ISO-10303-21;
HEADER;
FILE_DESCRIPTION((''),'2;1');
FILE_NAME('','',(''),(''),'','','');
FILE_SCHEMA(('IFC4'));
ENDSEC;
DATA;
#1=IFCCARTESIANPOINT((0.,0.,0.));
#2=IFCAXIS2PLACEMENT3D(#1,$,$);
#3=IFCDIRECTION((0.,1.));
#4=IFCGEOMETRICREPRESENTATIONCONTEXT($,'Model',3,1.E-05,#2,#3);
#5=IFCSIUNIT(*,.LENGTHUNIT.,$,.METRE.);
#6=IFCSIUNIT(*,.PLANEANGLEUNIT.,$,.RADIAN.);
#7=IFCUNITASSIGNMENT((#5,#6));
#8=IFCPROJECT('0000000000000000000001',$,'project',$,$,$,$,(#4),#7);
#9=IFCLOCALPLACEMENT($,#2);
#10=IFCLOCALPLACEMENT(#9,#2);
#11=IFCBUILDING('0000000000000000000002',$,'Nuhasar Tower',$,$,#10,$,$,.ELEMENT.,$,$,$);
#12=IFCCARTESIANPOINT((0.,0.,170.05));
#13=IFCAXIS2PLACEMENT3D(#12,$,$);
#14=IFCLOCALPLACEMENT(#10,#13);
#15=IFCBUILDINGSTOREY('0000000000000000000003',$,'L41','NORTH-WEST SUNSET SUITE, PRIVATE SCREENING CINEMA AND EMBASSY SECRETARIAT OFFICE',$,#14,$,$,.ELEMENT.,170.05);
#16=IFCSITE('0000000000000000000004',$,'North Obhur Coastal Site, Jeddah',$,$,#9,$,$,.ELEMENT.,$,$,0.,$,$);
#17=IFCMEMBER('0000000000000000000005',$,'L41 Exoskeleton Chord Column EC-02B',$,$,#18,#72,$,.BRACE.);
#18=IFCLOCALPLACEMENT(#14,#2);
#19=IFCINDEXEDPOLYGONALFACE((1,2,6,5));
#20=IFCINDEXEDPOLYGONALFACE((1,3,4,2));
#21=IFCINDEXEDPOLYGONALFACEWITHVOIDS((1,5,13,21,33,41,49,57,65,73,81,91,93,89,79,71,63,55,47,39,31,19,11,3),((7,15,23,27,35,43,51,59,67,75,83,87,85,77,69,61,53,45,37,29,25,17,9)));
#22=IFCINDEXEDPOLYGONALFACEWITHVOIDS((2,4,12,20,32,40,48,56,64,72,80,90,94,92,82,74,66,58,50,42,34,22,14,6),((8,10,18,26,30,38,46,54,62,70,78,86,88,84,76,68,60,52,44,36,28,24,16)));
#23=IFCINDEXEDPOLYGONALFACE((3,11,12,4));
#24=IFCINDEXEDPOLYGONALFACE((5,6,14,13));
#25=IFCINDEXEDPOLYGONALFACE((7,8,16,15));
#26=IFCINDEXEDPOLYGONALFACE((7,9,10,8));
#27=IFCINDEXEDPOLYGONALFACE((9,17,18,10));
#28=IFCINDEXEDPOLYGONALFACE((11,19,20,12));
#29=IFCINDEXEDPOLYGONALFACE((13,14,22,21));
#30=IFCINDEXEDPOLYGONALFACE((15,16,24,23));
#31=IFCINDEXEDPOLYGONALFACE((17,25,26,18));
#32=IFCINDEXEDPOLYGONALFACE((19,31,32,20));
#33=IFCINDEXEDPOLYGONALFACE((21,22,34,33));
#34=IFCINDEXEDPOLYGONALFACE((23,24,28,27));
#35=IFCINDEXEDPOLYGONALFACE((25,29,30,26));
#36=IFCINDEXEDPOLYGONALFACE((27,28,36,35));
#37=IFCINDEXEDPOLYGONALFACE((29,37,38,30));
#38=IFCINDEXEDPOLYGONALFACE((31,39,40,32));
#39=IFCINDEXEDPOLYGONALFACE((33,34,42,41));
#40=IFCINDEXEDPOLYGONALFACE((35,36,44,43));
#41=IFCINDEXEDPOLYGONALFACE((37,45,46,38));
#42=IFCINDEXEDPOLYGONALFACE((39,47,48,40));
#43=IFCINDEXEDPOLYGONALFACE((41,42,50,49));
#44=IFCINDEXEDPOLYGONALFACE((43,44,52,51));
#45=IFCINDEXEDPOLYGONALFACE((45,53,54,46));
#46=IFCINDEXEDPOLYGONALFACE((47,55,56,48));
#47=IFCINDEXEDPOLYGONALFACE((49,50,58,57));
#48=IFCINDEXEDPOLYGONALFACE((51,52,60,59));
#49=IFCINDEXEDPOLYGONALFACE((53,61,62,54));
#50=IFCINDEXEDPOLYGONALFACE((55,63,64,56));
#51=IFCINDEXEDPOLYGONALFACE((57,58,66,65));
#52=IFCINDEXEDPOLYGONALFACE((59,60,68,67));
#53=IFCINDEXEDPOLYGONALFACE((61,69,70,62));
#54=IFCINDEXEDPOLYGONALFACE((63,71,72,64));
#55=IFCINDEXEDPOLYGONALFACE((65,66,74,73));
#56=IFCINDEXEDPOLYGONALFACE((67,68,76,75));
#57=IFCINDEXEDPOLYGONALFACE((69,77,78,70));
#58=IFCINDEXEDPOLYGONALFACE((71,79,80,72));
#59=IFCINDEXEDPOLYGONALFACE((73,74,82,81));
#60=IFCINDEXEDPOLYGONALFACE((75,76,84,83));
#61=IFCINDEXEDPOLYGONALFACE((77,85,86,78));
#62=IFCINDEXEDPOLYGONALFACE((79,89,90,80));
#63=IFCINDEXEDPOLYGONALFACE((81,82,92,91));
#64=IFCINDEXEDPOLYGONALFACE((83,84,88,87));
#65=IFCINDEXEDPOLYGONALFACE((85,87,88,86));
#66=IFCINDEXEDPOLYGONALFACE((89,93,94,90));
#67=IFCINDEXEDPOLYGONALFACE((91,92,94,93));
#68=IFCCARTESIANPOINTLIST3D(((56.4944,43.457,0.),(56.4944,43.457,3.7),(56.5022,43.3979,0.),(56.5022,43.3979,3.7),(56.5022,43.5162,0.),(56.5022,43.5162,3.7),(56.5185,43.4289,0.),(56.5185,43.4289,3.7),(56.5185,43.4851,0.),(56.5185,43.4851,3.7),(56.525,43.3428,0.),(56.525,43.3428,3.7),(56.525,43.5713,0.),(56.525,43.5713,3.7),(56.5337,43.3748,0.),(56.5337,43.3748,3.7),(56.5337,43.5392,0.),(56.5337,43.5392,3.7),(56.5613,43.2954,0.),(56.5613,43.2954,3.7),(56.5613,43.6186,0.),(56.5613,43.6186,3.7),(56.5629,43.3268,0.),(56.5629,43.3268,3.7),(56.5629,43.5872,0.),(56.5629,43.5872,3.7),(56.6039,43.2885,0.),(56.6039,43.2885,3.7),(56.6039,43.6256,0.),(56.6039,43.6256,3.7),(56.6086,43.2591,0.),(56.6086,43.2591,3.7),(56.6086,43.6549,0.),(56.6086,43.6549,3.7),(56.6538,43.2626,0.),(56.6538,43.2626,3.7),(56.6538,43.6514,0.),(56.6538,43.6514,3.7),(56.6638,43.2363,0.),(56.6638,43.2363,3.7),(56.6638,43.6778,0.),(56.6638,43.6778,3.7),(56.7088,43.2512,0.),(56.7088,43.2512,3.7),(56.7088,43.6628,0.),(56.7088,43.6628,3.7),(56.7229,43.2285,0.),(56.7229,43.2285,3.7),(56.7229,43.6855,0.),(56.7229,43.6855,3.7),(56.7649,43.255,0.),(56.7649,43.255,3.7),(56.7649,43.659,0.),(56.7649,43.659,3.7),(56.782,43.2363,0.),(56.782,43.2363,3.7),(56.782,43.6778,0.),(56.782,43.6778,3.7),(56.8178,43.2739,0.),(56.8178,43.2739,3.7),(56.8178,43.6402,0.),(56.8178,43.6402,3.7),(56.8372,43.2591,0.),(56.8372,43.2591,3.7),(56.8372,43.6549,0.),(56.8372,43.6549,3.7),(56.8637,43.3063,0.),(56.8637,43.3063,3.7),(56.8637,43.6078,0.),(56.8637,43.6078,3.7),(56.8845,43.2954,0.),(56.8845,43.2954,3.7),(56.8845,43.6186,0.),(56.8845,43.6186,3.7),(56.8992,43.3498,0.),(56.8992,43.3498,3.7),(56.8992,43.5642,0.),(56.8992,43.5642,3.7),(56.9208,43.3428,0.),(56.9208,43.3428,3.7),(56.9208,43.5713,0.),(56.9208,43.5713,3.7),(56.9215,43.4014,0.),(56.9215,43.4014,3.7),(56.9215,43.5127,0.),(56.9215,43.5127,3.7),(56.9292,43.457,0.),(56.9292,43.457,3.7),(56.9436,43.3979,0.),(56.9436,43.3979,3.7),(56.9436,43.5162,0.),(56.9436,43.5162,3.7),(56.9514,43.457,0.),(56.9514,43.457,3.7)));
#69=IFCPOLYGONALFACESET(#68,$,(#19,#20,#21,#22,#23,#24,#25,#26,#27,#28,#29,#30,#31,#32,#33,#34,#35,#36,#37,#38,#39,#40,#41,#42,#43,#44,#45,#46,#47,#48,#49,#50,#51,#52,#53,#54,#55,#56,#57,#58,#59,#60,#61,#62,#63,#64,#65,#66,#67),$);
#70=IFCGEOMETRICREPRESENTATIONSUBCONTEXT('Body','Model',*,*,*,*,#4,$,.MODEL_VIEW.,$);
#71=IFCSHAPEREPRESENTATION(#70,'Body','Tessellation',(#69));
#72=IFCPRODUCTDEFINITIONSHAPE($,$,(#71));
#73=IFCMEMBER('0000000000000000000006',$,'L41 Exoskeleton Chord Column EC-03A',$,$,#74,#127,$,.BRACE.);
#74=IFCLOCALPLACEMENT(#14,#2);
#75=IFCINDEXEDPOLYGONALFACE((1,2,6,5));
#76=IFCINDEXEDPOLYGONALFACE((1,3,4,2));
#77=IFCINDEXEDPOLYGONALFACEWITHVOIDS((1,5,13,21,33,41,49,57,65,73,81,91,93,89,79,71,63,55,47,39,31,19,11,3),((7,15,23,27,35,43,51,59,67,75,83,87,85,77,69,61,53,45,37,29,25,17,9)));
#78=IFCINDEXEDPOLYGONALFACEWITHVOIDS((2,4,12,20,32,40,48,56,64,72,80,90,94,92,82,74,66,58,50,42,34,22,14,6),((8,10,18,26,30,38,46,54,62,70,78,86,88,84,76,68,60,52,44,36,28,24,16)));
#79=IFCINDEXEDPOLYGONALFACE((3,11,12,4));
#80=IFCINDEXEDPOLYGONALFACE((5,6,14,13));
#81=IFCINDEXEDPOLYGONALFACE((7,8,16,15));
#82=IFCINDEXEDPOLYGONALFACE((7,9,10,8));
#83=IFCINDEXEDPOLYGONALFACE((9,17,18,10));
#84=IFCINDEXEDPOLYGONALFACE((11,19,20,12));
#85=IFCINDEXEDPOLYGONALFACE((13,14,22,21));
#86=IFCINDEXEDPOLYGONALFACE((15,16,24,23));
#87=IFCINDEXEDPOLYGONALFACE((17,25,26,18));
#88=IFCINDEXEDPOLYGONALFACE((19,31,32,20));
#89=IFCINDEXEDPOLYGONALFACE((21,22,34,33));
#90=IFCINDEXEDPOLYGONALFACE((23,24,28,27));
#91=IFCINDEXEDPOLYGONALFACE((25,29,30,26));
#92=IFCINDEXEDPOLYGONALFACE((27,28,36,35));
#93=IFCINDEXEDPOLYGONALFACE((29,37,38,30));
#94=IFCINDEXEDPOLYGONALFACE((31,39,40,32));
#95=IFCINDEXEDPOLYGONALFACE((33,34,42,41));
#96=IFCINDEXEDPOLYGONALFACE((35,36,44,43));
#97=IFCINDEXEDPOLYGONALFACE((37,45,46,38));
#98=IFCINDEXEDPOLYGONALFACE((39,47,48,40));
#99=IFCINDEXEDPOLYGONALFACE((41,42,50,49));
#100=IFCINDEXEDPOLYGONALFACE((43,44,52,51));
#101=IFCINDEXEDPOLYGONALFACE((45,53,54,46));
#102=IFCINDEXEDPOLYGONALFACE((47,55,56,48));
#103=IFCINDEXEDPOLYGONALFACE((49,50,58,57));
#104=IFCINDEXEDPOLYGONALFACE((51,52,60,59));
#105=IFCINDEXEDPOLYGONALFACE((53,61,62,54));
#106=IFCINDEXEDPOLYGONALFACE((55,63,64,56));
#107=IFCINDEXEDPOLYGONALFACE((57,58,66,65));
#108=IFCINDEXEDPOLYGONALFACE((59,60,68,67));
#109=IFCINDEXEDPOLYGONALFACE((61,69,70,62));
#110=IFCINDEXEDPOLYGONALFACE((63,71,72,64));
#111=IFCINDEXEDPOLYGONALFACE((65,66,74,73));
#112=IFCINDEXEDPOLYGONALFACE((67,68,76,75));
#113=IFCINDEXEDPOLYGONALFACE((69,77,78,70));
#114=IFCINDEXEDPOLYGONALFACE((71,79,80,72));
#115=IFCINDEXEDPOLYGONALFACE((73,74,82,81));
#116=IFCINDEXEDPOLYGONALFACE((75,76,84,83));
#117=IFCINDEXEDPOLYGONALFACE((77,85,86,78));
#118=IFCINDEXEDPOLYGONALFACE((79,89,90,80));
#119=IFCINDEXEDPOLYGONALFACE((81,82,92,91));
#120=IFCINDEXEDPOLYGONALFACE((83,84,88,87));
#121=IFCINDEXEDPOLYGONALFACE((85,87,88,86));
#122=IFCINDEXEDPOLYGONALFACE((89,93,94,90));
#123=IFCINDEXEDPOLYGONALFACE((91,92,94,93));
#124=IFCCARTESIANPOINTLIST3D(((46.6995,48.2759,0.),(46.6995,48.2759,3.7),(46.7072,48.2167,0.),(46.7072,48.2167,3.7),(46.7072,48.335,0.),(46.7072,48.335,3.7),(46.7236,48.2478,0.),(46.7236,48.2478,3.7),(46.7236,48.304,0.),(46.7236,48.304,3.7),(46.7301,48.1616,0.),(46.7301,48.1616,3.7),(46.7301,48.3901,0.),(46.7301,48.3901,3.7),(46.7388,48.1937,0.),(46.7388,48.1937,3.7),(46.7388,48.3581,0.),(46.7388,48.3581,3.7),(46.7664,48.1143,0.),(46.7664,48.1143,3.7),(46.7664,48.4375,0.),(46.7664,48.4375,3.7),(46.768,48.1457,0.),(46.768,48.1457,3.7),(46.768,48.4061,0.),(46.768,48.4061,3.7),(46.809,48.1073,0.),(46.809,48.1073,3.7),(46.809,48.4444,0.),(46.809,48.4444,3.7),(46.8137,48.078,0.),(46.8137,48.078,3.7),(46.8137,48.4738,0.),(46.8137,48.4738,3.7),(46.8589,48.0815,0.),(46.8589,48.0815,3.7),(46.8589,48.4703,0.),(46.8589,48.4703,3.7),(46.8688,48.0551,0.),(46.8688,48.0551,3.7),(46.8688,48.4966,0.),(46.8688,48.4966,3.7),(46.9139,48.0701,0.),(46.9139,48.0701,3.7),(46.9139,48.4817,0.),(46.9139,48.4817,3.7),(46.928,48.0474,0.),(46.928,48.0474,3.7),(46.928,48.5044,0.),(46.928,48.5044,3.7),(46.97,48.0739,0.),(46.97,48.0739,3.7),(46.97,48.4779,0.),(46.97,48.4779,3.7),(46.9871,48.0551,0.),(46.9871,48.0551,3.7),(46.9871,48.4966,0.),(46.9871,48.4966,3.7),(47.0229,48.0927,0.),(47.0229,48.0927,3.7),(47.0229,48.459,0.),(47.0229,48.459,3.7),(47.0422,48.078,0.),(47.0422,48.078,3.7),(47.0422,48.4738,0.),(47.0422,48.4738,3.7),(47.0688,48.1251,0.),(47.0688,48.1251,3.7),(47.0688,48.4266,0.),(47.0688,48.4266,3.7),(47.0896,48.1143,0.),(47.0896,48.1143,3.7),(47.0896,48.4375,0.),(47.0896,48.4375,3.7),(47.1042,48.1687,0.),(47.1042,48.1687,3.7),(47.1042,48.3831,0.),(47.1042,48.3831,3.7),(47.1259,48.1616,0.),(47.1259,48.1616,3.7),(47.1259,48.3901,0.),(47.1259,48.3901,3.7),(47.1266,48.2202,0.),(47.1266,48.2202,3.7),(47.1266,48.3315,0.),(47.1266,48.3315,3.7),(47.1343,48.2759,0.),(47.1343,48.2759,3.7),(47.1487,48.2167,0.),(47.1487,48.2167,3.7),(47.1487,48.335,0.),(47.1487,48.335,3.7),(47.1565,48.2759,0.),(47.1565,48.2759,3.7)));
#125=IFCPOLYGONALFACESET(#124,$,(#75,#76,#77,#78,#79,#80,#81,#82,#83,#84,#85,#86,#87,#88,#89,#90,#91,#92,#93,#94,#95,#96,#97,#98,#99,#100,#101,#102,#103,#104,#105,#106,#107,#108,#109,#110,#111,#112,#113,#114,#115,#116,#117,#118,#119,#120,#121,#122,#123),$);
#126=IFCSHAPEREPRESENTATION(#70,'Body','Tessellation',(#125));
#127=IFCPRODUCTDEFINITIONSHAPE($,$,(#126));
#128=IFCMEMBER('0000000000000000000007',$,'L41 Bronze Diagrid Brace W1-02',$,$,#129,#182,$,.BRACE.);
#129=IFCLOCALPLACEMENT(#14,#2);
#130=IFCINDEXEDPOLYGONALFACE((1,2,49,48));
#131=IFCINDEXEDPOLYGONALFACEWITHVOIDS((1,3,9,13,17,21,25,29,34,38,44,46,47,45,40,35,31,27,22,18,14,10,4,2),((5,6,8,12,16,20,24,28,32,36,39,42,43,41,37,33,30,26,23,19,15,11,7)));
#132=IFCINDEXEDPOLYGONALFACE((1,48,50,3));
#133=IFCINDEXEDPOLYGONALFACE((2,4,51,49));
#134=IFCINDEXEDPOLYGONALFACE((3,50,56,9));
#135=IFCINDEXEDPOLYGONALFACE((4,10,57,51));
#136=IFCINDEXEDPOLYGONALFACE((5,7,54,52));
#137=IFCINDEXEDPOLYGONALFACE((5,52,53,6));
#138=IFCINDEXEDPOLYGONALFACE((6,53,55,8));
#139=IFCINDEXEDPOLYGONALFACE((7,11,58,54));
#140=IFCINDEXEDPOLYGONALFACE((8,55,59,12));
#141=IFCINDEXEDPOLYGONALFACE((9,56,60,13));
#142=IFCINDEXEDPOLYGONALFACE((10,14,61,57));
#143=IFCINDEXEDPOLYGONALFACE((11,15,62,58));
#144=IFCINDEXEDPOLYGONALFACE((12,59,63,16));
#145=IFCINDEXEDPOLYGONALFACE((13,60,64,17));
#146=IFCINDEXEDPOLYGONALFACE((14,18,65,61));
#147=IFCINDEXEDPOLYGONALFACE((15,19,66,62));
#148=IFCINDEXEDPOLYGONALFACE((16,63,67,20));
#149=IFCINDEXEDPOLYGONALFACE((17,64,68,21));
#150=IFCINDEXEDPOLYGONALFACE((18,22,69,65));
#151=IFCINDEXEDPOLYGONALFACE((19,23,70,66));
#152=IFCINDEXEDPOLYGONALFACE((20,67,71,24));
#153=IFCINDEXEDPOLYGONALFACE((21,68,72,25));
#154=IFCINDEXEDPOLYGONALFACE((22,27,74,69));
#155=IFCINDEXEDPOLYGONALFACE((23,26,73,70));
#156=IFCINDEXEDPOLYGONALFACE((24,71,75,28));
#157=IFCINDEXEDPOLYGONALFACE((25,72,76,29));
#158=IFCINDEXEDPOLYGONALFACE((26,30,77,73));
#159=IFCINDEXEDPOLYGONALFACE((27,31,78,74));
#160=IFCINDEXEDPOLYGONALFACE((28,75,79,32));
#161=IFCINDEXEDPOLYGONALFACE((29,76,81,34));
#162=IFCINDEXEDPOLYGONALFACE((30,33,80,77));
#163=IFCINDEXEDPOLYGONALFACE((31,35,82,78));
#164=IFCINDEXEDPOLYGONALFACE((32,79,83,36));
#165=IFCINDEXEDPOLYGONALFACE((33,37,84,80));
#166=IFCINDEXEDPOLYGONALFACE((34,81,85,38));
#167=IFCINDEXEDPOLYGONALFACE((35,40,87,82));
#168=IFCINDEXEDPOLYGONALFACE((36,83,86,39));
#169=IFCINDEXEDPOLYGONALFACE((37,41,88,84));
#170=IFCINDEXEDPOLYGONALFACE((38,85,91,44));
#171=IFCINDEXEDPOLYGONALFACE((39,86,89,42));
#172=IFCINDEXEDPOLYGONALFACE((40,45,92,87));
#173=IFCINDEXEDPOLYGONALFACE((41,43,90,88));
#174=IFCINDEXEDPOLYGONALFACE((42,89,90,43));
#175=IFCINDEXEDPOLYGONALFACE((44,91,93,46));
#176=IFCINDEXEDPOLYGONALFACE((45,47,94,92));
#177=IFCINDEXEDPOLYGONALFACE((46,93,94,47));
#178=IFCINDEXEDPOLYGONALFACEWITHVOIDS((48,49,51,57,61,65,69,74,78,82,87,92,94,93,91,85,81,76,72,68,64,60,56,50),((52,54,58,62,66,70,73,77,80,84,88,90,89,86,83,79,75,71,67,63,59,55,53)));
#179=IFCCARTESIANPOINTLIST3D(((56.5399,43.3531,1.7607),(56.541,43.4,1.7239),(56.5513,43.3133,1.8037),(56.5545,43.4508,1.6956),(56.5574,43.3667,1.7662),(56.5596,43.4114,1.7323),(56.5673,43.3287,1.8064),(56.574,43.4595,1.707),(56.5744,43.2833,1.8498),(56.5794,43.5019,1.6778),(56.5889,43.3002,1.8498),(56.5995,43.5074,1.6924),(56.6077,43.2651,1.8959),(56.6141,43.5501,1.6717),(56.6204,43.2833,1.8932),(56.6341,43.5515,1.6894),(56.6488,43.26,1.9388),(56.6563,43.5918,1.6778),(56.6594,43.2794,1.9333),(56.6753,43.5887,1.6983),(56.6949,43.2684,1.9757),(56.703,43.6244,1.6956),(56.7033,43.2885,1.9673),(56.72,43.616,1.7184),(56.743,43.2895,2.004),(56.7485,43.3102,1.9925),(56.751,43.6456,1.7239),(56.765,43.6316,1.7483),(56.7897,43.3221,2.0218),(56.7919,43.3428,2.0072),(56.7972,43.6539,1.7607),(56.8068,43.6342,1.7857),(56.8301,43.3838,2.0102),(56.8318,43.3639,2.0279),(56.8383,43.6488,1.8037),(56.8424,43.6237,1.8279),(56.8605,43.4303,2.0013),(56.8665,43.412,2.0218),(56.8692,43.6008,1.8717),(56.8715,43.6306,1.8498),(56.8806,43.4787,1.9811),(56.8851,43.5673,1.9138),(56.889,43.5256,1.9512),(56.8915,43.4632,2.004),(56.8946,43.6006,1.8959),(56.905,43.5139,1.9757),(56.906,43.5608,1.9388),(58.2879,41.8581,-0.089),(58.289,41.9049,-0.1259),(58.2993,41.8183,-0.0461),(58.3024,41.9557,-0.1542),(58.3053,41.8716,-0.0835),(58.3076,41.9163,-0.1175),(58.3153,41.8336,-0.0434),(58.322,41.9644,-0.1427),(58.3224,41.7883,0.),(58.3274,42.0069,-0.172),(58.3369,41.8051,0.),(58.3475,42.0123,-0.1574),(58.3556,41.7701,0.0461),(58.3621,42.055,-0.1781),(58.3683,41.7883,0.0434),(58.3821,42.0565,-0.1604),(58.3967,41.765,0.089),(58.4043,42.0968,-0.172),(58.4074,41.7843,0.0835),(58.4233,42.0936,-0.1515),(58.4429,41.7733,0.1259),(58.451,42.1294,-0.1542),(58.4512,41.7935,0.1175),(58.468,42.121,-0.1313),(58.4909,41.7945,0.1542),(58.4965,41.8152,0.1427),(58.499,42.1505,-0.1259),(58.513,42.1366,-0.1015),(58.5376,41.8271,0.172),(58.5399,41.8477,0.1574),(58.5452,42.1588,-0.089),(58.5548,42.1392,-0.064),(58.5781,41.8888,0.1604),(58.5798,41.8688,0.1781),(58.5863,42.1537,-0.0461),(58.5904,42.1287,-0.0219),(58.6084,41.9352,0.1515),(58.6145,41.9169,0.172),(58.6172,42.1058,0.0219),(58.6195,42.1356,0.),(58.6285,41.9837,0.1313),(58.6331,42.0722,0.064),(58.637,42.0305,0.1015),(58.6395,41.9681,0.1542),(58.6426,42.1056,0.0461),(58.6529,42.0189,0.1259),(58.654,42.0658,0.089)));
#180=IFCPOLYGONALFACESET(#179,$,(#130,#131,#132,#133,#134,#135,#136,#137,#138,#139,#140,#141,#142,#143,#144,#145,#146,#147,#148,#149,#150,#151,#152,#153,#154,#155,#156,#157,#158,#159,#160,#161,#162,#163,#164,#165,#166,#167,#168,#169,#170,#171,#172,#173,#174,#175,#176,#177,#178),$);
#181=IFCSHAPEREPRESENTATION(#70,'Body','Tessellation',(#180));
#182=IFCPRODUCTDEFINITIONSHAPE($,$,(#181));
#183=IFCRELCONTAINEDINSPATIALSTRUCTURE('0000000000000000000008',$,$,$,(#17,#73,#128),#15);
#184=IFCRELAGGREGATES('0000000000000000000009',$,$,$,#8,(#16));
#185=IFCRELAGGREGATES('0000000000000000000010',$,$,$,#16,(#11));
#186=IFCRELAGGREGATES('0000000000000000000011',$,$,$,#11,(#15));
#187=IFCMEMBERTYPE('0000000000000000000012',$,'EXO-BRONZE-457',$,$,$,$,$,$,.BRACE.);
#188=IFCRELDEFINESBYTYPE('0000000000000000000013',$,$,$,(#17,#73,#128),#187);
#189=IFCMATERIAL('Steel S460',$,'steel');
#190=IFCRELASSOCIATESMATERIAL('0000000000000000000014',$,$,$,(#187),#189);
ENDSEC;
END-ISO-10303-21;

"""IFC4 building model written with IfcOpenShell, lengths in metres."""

from ifc_helpers import new_model, si_unit, direction, frame, origin, origin_2d, place, context, subcontext, project, spatial, hollow_circle, extrude, material, material_profile, profile_set, type_object, element, save


model = new_model("IFC4")

# Units and contexts
model_context = context("Model", 3, precision=1e-05, world=origin(), true_north=direction((0.0, 1.0)))
body_context = subcontext(model_context, "Body", "Model", "MODEL_VIEW")
ifc_project = project(units=[si_unit("LENGTHUNIT", "METRE"), si_unit("PLANEANGLEUNIT", "RADIAN")], contexts=[model_context])

# Site, building, storey
site_placement = place(None, origin())
site = spatial("IfcSite", under=ifc_project, at=site_placement, Name="North Obhur Coastal Site, Jeddah", CompositionType="ELEMENT", RefElevation=0.0)
building_placement = place(site_placement, origin())
building = spatial("IfcBuilding", under=site, at=building_placement, Name="Nuhasar Tower", CompositionType="ELEMENT")
storey_placement = place(building_placement, frame((0.0, 0.0, 170.05)))
storey = spatial("IfcBuildingStorey", under=building, at=storey_placement, Name="L41", Description="NORTH-WEST SUNSET SUITE, PRIVATE SCREENING CINEMA AND EMBASSY SECRETARIAT OFFICE", CompositionType="ELEMENT", Elevation=170.05)

# Members
ifc_material_1 = material(Name="Steel S460", Category="steel")
ifc_material_profile_1 = material_profile(ifc_material_1, hollow_circle(Radius=0.2285, WallThickness=0.0222, at=origin_2d()), Name="HSS457X22.2")
ifc_profile_set_1 = profile_set([ifc_material_profile_1], Name="Steel S460")
member_type_1 = type_object("IfcMemberType", Name="EXO-BRONZE-457", PredefinedType="BRACE", material=ifc_profile_set_1)
for number, where, z_axis, x_axis, name in (
    (1, (56.7229, 43.457, 0.0), (0.0, 0.0, 1.0), (1.0, 0.0, 0.0), "L41 Exoskeleton Chord Column EC-02B"),
    (2, (46.928, 48.2759, 0.0), (0.0, 0.0, 1.0), (1.0, 0.0, 0.0), "L41 Exoskeleton Chord Column EC-03A"),
):
    element("IfcMember", number, at=place(storey_placement, frame(where, z_axis=z_axis, x_axis=x_axis)), inside=storey, type_object=member_type_1, Name=name, PredefinedType="BRACE", context=body_context, shape_type="SweptSolid", body=[
        extrude(hollow_circle(Radius=0.2285, WallThickness=0.0222, at=origin_2d()), origin(), (0.0, 0.0, 1.0), 3.7),
    ])
member_1_placement = place(storey_placement, frame((58.4709, 41.9619, 0.0), z_axis=(-0.592201, 0.506514, 0.626691), x_axis=(-0.649987, -0.759945, 0.0)))
element("IfcMember", 3, at=member_1_placement, inside=storey, type_object=member_type_1, Name="L41 Bronze Diagrid Brace W1-02", PredefinedType="BRACE", context=body_context, shape_type="SweptSolid", body=[
    extrude(hollow_circle(Radius=0.2285, WallThickness=0.0222, at=origin_2d()), origin(), (0.0, 0.0, 1.0), 2.9517),
])

save(model, "model.ifc")
